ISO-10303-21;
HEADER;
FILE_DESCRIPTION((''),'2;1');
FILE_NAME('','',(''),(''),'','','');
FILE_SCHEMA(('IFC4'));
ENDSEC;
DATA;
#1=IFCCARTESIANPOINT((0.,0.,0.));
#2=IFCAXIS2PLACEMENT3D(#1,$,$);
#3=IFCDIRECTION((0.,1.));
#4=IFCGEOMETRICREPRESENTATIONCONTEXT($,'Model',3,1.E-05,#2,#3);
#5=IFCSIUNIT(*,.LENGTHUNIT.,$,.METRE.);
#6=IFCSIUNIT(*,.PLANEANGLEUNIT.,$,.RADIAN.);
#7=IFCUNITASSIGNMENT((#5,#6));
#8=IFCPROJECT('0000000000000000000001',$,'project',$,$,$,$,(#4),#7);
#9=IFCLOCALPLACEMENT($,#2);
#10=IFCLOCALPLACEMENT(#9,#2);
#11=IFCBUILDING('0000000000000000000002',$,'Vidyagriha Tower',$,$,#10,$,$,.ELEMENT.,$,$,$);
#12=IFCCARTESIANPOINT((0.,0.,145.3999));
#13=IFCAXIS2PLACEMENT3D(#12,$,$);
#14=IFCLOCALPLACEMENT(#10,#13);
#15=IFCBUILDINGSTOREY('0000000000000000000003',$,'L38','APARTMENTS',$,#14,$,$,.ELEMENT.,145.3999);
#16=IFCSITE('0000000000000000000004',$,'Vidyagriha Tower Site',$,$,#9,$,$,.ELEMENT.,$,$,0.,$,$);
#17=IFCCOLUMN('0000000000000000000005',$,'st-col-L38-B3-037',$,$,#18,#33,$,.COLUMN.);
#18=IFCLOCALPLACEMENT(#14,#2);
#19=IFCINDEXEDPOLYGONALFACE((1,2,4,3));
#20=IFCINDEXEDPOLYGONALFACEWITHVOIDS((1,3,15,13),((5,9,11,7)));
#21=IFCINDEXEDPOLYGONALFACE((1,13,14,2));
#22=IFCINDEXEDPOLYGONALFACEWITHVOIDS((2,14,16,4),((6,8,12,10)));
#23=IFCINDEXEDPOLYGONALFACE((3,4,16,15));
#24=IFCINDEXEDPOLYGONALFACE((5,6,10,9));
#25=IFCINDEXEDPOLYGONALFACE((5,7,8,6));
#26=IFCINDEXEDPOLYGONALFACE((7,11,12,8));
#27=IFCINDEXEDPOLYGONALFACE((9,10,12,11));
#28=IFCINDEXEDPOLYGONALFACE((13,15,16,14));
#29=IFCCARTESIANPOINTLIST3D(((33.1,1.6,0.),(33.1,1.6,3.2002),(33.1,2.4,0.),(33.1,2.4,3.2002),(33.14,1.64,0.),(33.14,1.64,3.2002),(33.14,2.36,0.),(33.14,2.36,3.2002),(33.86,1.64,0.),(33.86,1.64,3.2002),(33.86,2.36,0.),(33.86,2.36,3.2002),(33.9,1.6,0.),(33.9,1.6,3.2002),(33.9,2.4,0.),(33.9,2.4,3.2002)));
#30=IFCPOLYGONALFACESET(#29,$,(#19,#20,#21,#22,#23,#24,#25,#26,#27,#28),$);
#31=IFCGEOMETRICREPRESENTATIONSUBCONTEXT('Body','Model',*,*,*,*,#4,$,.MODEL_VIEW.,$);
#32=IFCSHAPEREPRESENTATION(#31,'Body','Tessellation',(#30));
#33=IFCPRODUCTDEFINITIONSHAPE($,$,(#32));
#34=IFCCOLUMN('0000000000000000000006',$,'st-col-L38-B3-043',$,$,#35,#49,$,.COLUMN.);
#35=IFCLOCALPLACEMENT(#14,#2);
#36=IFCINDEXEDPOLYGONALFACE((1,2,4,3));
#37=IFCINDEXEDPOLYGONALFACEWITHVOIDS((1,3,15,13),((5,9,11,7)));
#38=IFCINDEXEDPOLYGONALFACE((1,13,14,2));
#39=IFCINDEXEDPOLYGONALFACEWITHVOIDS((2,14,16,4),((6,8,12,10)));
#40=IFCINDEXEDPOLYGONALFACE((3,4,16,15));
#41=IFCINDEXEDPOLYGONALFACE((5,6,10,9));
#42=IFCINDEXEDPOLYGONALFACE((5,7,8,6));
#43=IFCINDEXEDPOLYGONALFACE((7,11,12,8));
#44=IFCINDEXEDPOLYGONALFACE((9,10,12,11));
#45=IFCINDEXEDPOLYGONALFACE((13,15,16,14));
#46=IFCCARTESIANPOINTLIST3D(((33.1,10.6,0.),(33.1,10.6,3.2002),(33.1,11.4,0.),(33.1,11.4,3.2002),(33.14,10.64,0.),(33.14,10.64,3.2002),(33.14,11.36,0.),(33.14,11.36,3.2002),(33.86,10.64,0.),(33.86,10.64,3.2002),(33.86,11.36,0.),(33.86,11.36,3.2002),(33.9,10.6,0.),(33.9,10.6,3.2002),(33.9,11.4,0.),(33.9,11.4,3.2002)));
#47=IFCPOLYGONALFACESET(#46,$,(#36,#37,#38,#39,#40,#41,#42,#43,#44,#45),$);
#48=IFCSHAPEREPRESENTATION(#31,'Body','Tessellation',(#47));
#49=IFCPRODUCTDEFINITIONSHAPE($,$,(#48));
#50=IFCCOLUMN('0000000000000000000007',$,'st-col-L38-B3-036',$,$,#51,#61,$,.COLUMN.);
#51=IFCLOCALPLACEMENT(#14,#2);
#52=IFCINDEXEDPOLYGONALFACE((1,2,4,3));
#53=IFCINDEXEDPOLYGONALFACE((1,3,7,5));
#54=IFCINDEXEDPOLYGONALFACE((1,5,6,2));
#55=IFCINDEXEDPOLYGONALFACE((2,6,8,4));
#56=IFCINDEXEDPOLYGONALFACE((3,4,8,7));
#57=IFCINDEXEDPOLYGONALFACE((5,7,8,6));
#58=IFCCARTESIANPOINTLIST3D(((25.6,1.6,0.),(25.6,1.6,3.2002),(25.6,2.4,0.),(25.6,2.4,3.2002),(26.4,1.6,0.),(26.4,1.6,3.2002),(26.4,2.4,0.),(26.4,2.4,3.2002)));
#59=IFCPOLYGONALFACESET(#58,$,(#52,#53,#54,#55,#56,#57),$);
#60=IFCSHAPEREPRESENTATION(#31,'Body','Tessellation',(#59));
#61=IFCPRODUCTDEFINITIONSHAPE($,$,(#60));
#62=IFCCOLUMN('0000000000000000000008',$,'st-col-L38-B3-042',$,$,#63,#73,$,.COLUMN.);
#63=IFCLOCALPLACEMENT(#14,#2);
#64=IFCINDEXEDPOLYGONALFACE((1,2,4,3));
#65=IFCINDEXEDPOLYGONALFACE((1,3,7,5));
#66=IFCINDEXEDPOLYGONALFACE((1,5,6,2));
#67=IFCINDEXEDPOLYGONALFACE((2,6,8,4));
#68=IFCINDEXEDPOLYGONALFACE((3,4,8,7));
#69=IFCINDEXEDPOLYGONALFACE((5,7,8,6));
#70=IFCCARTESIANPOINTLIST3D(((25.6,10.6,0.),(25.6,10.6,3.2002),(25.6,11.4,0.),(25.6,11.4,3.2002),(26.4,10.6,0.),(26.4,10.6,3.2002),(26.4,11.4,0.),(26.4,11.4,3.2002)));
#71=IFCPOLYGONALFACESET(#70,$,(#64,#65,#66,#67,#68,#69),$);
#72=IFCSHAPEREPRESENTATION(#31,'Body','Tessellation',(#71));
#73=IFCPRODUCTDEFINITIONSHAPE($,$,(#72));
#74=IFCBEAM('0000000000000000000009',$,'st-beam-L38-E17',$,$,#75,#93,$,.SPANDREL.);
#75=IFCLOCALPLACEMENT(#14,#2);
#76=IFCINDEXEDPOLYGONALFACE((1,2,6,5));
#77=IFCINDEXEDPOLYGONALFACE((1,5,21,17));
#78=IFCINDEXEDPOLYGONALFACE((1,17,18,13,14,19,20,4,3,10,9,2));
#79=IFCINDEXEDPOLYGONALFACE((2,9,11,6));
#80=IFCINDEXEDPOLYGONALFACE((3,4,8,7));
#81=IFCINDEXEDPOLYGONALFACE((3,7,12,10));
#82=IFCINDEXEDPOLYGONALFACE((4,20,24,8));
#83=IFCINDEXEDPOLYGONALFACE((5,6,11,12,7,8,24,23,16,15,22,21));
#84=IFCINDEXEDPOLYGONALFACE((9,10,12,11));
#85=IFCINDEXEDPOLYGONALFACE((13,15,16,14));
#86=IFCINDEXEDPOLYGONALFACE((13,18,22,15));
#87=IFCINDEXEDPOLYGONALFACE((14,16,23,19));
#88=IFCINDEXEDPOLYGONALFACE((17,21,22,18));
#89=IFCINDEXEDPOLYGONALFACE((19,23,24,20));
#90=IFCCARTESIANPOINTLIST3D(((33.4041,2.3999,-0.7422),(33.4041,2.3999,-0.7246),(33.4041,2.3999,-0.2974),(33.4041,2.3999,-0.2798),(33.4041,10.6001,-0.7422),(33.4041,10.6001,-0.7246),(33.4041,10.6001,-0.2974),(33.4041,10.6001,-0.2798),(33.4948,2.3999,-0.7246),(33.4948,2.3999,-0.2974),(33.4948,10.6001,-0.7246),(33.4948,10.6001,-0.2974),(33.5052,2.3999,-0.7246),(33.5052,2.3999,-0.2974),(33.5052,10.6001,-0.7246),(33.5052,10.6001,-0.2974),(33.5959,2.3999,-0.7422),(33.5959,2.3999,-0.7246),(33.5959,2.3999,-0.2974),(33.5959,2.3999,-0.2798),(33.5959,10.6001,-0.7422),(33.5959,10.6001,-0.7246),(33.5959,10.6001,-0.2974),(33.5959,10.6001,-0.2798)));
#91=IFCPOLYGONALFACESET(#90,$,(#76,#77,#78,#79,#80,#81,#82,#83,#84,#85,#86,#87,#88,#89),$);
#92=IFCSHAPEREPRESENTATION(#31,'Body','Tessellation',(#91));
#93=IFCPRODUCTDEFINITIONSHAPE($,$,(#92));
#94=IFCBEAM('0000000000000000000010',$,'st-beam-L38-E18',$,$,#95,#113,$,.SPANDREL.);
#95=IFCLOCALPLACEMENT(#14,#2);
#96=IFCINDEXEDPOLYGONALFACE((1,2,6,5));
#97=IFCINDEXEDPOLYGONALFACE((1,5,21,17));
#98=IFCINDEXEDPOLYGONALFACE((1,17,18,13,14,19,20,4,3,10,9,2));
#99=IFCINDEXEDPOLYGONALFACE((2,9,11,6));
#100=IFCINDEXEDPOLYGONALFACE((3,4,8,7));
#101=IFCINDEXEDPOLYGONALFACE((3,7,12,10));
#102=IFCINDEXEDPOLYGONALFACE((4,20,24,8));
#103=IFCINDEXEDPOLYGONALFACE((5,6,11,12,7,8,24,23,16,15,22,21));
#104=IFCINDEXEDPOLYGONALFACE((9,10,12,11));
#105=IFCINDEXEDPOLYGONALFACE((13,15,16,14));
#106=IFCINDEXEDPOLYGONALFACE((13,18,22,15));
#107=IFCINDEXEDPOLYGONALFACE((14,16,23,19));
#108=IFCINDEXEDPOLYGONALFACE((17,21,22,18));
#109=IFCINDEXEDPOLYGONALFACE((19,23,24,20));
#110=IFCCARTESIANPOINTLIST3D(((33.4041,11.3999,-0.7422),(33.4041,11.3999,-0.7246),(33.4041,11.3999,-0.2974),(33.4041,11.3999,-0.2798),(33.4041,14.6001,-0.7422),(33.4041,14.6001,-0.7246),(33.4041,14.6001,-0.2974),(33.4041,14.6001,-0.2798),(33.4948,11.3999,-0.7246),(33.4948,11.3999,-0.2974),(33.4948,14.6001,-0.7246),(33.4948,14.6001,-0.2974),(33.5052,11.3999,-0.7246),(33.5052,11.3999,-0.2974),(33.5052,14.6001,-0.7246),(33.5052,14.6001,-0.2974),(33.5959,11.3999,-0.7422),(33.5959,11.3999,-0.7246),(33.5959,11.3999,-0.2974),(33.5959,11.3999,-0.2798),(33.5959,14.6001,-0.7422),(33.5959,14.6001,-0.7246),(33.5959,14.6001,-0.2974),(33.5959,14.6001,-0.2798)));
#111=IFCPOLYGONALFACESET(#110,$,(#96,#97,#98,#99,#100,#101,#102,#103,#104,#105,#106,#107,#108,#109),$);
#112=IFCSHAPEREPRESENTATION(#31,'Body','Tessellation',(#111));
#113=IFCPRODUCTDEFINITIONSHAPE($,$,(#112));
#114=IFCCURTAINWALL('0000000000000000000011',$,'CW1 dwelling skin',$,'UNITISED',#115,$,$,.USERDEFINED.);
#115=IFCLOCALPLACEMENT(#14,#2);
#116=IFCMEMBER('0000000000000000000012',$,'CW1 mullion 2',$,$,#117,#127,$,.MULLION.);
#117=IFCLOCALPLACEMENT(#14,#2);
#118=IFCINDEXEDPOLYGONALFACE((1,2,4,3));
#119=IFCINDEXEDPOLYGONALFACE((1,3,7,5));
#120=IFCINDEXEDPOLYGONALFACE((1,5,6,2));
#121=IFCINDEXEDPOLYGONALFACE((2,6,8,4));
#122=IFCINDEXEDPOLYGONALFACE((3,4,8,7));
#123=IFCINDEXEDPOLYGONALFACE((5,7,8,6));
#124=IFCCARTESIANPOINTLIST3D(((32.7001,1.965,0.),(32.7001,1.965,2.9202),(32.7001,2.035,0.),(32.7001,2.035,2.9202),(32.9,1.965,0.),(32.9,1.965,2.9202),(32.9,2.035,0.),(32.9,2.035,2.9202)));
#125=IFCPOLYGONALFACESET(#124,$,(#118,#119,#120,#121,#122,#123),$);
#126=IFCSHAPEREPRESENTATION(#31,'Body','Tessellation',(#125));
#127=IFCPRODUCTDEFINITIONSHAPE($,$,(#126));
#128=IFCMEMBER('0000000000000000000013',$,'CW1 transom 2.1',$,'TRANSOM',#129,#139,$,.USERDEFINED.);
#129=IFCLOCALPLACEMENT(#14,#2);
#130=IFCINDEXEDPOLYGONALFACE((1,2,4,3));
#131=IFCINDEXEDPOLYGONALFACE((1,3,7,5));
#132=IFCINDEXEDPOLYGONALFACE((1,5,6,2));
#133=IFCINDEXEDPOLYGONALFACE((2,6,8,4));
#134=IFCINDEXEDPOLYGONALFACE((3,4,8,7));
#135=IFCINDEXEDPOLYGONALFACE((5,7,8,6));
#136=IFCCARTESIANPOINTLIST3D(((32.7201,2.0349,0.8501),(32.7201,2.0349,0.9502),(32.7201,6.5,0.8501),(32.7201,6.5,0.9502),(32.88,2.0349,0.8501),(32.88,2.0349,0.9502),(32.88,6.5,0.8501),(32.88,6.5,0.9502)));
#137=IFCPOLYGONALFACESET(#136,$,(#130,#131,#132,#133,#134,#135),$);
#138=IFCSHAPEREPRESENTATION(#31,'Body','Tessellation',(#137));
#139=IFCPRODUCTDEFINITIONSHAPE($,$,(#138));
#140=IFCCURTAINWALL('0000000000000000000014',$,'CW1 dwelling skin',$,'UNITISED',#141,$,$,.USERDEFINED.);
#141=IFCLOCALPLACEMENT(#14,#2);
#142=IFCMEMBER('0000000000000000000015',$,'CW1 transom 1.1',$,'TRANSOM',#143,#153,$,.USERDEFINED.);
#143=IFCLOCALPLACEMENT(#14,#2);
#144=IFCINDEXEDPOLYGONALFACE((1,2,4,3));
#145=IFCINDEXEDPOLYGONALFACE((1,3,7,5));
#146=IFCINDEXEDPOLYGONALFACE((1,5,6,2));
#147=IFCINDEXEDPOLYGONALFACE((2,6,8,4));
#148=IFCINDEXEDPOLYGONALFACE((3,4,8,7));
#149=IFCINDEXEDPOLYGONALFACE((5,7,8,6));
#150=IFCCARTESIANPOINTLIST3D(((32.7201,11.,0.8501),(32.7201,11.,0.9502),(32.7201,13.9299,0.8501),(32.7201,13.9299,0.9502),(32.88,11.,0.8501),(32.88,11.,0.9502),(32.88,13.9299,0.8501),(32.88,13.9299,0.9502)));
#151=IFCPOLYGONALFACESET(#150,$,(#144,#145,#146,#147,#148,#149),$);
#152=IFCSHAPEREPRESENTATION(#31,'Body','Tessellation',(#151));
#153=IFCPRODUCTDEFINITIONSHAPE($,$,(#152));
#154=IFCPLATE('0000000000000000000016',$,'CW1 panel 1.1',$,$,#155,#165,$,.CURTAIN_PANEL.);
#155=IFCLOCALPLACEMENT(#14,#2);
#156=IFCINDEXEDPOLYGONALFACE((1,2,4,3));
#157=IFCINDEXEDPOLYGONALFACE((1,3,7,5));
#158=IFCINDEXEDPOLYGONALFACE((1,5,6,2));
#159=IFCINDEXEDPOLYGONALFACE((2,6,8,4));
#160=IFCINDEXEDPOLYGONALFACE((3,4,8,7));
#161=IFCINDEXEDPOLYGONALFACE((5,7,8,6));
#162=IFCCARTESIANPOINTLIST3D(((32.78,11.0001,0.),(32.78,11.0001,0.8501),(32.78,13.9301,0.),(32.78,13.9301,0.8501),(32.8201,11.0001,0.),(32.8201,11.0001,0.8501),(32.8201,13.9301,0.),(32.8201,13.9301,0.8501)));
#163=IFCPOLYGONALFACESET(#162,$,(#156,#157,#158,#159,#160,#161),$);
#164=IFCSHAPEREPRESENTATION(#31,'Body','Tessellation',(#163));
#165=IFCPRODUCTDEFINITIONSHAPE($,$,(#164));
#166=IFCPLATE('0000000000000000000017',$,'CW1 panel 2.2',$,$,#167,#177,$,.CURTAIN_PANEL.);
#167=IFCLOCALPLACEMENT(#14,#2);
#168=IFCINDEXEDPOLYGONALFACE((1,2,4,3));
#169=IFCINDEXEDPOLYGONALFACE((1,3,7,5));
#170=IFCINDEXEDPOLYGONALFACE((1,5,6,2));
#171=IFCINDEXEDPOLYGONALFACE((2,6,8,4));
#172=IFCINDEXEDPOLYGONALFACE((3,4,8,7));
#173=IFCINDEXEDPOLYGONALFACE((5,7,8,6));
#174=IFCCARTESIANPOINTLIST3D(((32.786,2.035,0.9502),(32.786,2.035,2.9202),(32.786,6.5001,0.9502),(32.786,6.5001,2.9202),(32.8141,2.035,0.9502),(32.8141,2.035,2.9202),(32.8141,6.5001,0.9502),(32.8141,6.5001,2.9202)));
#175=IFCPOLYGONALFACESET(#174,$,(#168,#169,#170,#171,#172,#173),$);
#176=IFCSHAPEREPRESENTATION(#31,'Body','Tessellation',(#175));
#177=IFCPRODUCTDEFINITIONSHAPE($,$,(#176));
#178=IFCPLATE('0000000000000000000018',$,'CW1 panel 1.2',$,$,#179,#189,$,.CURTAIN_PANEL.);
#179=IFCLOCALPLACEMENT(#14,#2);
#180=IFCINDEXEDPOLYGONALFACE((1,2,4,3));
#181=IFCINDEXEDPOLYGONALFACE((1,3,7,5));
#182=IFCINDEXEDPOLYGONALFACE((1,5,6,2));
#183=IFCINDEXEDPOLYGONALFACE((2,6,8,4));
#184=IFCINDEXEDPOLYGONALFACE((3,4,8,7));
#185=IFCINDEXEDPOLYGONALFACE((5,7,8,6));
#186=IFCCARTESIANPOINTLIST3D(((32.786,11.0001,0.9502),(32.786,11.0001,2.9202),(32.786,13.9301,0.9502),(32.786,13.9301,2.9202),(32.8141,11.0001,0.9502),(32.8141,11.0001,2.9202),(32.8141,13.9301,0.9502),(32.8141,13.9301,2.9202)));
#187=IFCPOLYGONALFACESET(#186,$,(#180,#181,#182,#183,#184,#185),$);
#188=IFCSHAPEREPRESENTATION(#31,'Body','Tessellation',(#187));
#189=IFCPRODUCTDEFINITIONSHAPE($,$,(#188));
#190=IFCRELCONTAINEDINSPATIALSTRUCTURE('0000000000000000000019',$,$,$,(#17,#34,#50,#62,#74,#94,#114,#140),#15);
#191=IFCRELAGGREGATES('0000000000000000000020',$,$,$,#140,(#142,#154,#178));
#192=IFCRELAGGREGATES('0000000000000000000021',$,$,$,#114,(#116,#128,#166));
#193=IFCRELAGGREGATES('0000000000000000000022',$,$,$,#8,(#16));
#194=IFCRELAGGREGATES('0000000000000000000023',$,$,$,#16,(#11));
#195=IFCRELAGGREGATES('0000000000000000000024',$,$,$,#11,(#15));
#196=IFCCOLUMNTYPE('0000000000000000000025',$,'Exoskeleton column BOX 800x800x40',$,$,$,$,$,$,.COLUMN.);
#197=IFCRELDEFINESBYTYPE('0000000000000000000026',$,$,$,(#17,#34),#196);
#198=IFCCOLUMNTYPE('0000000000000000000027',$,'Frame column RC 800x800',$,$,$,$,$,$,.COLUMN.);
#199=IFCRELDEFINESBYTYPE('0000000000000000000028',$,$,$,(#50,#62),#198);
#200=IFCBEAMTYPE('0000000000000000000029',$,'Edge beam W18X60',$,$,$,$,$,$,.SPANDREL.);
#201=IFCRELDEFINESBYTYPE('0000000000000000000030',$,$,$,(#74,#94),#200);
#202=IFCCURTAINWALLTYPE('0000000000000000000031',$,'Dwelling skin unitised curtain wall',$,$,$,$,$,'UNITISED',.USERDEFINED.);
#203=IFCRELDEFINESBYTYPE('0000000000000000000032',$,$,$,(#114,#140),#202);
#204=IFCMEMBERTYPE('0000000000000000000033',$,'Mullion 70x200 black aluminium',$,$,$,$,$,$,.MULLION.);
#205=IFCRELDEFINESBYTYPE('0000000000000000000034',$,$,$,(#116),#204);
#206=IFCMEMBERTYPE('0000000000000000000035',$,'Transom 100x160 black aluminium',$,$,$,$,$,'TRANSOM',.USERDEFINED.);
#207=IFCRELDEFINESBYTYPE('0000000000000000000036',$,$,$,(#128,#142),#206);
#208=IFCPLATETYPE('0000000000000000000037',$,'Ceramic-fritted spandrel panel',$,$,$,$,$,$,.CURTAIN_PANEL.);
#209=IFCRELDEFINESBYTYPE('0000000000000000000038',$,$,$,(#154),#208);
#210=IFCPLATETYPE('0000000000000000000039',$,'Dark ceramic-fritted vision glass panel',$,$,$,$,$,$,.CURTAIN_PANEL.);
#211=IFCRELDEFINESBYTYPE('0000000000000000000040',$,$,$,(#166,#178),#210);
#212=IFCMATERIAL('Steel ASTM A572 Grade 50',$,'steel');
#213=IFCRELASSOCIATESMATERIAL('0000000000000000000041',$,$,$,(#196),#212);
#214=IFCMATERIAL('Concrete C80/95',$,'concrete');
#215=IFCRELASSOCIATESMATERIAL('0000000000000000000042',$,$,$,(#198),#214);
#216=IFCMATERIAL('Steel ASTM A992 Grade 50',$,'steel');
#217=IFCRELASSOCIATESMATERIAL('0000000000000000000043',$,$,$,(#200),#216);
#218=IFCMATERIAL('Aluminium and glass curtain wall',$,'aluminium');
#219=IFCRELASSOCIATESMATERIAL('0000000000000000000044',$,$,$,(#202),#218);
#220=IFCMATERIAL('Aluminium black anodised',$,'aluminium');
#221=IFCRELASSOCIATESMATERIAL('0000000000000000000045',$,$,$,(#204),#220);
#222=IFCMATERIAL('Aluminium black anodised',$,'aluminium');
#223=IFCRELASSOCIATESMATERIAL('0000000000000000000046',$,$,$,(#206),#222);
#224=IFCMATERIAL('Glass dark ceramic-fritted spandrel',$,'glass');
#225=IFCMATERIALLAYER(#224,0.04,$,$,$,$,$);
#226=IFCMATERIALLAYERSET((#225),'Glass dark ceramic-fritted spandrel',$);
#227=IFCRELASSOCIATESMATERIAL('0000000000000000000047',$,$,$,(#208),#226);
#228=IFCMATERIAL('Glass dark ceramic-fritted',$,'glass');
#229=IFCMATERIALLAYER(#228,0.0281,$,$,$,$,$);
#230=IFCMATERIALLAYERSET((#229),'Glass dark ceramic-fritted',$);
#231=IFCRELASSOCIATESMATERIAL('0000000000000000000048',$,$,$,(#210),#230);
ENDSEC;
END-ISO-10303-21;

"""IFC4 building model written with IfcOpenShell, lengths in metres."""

from ifc_helpers import new_model, si_unit, direction, frame, origin, origin_2d, place, context, subcontext, project, spatial, rectangle, hollow_rectangle, i_section, extrude, material, layer, layer_set, material_profile, profile_set, type_object, element, aggregate, save


model = new_model("IFC4")

# Units and contexts
model_context = context("Model", 3, precision=1e-05, world=origin(), true_north=direction((0.0, 1.0)))
body_context = subcontext(model_context, "Body", "Model", "MODEL_VIEW")
ifc_project = project(units=[si_unit("LENGTHUNIT", "METRE"), si_unit("PLANEANGLEUNIT", "RADIAN")], contexts=[model_context])

# Site, building, storey
site_placement = place(None, origin())
site = spatial("IfcSite", under=ifc_project, at=site_placement, Name="Vidyagriha Tower Site", CompositionType="ELEMENT", RefElevation=0.0)
building_placement = place(site_placement, origin())
building = spatial("IfcBuilding", under=site, at=building_placement, Name="Vidyagriha Tower", CompositionType="ELEMENT")
storey_placement = place(building_placement, frame((0.0, 0.0, 145.3999)))
storey = spatial("IfcBuildingStorey", under=building, at=storey_placement, Name="L38", Description="APARTMENTS", CompositionType="ELEMENT", Elevation=145.3999)

# Columns
ifc_material_1 = material(Name="Steel ASTM A572 Grade 50", Category="steel")
ifc_material_profile_1 = material_profile(ifc_material_1, hollow_rectangle(XDim=0.8, YDim=0.8, WallThickness=0.04, at=origin_2d()), Name="BOX 800x800x40")
ifc_profile_set_1 = profile_set([ifc_material_profile_1], Name="Steel ASTM A572 Grade 50")
column_type_1 = type_object("IfcColumnType", Name="Exoskeleton column BOX 800x800x40", PredefinedType="COLUMN", material=ifc_profile_set_1)
for number, where, name in (
    (1, (33.5, 2.0, 0.0), "st-col-L38-B3-037"),
    (2, (33.5, 11.0, 0.0), "st-col-L38-B3-043"),
):
    element("IfcColumn", number, at=place(storey_placement, frame(where)), inside=storey, type_object=column_type_1, Name=name, PredefinedType="COLUMN", context=body_context, shape_type="SweptSolid", body=[
        extrude(hollow_rectangle(XDim=0.8, YDim=0.8, WallThickness=0.04, at=origin_2d()), origin(), (0.0, 0.0, 1.0), 3.2002),
    ])
ifc_material_2 = material(Name="Concrete C80/95", Category="concrete")
ifc_material_profile_2 = material_profile(ifc_material_2, rectangle(XDim=0.8, YDim=0.8, at=origin_2d()), Name="RC 800x800")
ifc_profile_set_2 = profile_set([ifc_material_profile_2], Name="Concrete C80/95")
column_type_2 = type_object("IfcColumnType", Name="Frame column RC 800x800", PredefinedType="COLUMN", material=ifc_profile_set_2)
for number, where, name in (
    (3, (26.0, 2.0, 0.0), "st-col-L38-B3-036"),
    (4, (26.0, 11.0, 0.0), "st-col-L38-B3-042"),
):
    element("IfcColumn", number, at=place(storey_placement, frame(where)), inside=storey, type_object=column_type_2, Name=name, PredefinedType="COLUMN", context=body_context, shape_type="SweptSolid", body=[
        extrude(rectangle(XDim=0.8, YDim=0.8, at=origin_2d()), origin(), (0.0, 0.0, 1.0), 3.2002),
    ])

# Beams
ifc_material_3 = material(Name="Steel ASTM A992 Grade 50", Category="steel")
ifc_material_profile_3 = material_profile(ifc_material_3, i_section(OverallWidth=0.1919, OverallDepth=0.4624, WebThickness=0.0105, FlangeThickness=0.0176, at=origin_2d()), Name="W18X60")
ifc_profile_set_3 = profile_set([ifc_material_profile_3], Name="Steel ASTM A992 Grade 50")
beam_type = type_object("IfcBeamType", Name="Edge beam W18X60", PredefinedType="SPANDREL", material=ifc_profile_set_3)
beam_1_placement = place(storey_placement, frame((33.5, 2.3999, -0.511), z_axis=(0.0, 1.0, 0.0), x_axis=(-1.0, 0.0, 0.0)))
element("IfcBeam", 5, at=beam_1_placement, inside=storey, type_object=beam_type, Name="st-beam-L38-E17", PredefinedType="SPANDREL", context=body_context, shape_type="SweptSolid", body=[
    extrude(i_section(OverallWidth=0.1919, OverallDepth=0.4624, WebThickness=0.0105, FlangeThickness=0.0176, at=origin_2d()), origin(), (0.0, 0.0, 1.0), 8.2002),
])
beam_2_placement = place(storey_placement, frame((33.5, 11.3999, -0.511), z_axis=(0.0, 1.0, 0.0), x_axis=(-1.0, 0.0, 0.0)))
element("IfcBeam", 6, at=beam_2_placement, inside=storey, type_object=beam_type, Name="st-beam-L38-E18", PredefinedType="SPANDREL", context=body_context, shape_type="SweptSolid", body=[
    extrude(i_section(OverallWidth=0.1919, OverallDepth=0.4624, WebThickness=0.0105, FlangeThickness=0.0176, at=origin_2d()), origin(), (0.0, 0.0, 1.0), 3.2002),
])

# Curtain wall, members
ifc_material_4 = material(Name="Aluminium and glass curtain wall", Category="aluminium")
curtain_wall_type = type_object("IfcCurtainWallType", Name="Dwelling skin unitised curtain wall", ElementType="UNITISED", PredefinedType="USERDEFINED", material=ifc_material_4)
curtain_wall_1_placement = place(storey_placement, origin())
curtain_wall_1 = element("IfcCurtainWall", 7, at=curtain_wall_1_placement, inside=storey, type_object=curtain_wall_type, Name="CW1 dwelling skin", ObjectType="UNITISED", PredefinedType="USERDEFINED")
ifc_material_5 = material(Name="Aluminium black anodised", Category="aluminium")
ifc_material_profile_4 = material_profile(ifc_material_5, rectangle(XDim=0.2, YDim=0.0701, at=origin_2d()), Name="Mullion 70x200 black aluminium")
ifc_profile_set_4 = profile_set([ifc_material_profile_4], Name="Aluminium black anodised")
member_type_1 = type_object("IfcMemberType", Name="Mullion 70x200 black aluminium", PredefinedType="MULLION", material=ifc_profile_set_4)
member_1_placement = place(storey_placement, frame((32.8, 2.0, 0.0), z_axis=(0.0, 0.0, 1.0), x_axis=(-1.0, 0.0, 0.0)))
member_1 = element("IfcMember", 8, at=member_1_placement, type_object=member_type_1, Name="CW1 mullion 2", PredefinedType="MULLION", context=body_context, shape_type="SweptSolid", body=[
    extrude(rectangle(XDim=0.2, YDim=0.0701, at=origin_2d()), origin(), (0.0, 0.0, 1.0), 2.9202),
])
ifc_material_6 = material(Name="Aluminium black anodised", Category="aluminium")
ifc_material_profile_5 = material_profile(ifc_material_6, rectangle(XDim=0.1599, YDim=0.1001, at=origin_2d()), Name="Transom 100x160 black aluminium")
ifc_profile_set_5 = profile_set([ifc_material_profile_5], Name="Aluminium black anodised")
member_type_2 = type_object("IfcMemberType", Name="Transom 100x160 black aluminium", ElementType="TRANSOM", PredefinedType="USERDEFINED", material=ifc_profile_set_5)
member_2_placement = place(storey_placement, frame((32.8, 2.0349, 0.9001), z_axis=(0.0, 1.0, 0.0), x_axis=(-1.0, 0.0, 0.0)))
member_2 = element("IfcMember", 9, at=member_2_placement, type_object=member_type_2, Name="CW1 transom 2.1", ObjectType="TRANSOM", PredefinedType="USERDEFINED", context=body_context, shape_type="SweptSolid", body=[
    extrude(rectangle(XDim=0.1599, YDim=0.1001, at=origin_2d()), origin(), (0.0, 0.0, 1.0), 4.4651),
])

# Curtain wall, member, plate
curtain_wall_2_placement = place(storey_placement, origin())
curtain_wall_2 = element("IfcCurtainWall", 10, at=curtain_wall_2_placement, inside=storey, type_object=curtain_wall_type, Name="CW1 dwelling skin", ObjectType="UNITISED", PredefinedType="USERDEFINED")
member_3_placement = place(storey_placement, frame((32.8, 11.0, 0.9001), z_axis=(0.0, 1.0, 0.0), x_axis=(-1.0, 0.0, 0.0)))
member_3 = element("IfcMember", 11, at=member_3_placement, type_object=member_type_2, Name="CW1 transom 1.1", ObjectType="TRANSOM", PredefinedType="USERDEFINED", context=body_context, shape_type="SweptSolid", body=[
    extrude(rectangle(XDim=0.1599, YDim=0.1001, at=origin_2d()), origin(), (0.0, 0.0, 1.0), 2.9299),
])
ifc_material_7 = material(Name="Glass dark ceramic-fritted spandrel", Category="glass")
ifc_layer_1 = layer(ifc_material_7, 0.04)
ifc_layer_set_1 = layer_set([ifc_layer_1], Name="Glass dark ceramic-fritted spandrel")
plate_type_1 = type_object("IfcPlateType", Name="Ceramic-fritted spandrel panel", PredefinedType="CURTAIN_PANEL", material=ifc_layer_set_1)
plate_1_placement = place(storey_placement, frame((32.8, 12.4651, 0.0), z_axis=(0.0, 0.0, 1.0), x_axis=(0.0, 1.0, 0.0)))
plate_1 = element("IfcPlate", 12, at=plate_1_placement, type_object=plate_type_1, Name="CW1 panel 1.1", PredefinedType="CURTAIN_PANEL", context=body_context, shape_type="SweptSolid", body=[
    extrude(rectangle(XDim=2.9299, YDim=0.04, at=origin_2d()), origin(), (0.0, 0.0, 1.0), 0.8501),
])

# Plates
ifc_material_8 = material(Name="Glass dark ceramic-fritted", Category="glass")
ifc_layer_2 = layer(ifc_material_8, 0.0281)
ifc_layer_set_2 = layer_set([ifc_layer_2], Name="Glass dark ceramic-fritted")
plate_type_2 = type_object("IfcPlateType", Name="Dark ceramic-fritted vision glass panel", PredefinedType="CURTAIN_PANEL", material=ifc_layer_set_2)
plate_2_placement = place(storey_placement, frame((32.8, 4.2676, 0.9502), z_axis=(0.0, 0.0, 1.0), x_axis=(0.0, 1.0, 0.0)))
plate_2 = element("IfcPlate", 13, at=plate_2_placement, type_object=plate_type_2, Name="CW1 panel 2.2", PredefinedType="CURTAIN_PANEL", context=body_context, shape_type="SweptSolid", body=[
    extrude(rectangle(XDim=4.4651, YDim=0.0281, at=origin_2d()), origin(), (0.0, 0.0, 1.0), 1.97),
])
plate_3_placement = place(storey_placement, frame((32.8, 12.4651, 0.9502), z_axis=(0.0, 0.0, 1.0), x_axis=(0.0, 1.0, 0.0)))
plate_3 = element("IfcPlate", 14, at=plate_3_placement, type_object=plate_type_2, Name="CW1 panel 1.2", PredefinedType="CURTAIN_PANEL", context=body_context, shape_type="SweptSolid", body=[
    extrude(rectangle(XDim=2.9299, YDim=0.0281, at=origin_2d()), origin(), (0.0, 0.0, 1.0), 1.97),
])
aggregate(curtain_wall_2, [member_3, plate_1, plate_3])
aggregate(curtain_wall_1, [member_1, member_2, plate_2])

save(model, "model.ifc")
